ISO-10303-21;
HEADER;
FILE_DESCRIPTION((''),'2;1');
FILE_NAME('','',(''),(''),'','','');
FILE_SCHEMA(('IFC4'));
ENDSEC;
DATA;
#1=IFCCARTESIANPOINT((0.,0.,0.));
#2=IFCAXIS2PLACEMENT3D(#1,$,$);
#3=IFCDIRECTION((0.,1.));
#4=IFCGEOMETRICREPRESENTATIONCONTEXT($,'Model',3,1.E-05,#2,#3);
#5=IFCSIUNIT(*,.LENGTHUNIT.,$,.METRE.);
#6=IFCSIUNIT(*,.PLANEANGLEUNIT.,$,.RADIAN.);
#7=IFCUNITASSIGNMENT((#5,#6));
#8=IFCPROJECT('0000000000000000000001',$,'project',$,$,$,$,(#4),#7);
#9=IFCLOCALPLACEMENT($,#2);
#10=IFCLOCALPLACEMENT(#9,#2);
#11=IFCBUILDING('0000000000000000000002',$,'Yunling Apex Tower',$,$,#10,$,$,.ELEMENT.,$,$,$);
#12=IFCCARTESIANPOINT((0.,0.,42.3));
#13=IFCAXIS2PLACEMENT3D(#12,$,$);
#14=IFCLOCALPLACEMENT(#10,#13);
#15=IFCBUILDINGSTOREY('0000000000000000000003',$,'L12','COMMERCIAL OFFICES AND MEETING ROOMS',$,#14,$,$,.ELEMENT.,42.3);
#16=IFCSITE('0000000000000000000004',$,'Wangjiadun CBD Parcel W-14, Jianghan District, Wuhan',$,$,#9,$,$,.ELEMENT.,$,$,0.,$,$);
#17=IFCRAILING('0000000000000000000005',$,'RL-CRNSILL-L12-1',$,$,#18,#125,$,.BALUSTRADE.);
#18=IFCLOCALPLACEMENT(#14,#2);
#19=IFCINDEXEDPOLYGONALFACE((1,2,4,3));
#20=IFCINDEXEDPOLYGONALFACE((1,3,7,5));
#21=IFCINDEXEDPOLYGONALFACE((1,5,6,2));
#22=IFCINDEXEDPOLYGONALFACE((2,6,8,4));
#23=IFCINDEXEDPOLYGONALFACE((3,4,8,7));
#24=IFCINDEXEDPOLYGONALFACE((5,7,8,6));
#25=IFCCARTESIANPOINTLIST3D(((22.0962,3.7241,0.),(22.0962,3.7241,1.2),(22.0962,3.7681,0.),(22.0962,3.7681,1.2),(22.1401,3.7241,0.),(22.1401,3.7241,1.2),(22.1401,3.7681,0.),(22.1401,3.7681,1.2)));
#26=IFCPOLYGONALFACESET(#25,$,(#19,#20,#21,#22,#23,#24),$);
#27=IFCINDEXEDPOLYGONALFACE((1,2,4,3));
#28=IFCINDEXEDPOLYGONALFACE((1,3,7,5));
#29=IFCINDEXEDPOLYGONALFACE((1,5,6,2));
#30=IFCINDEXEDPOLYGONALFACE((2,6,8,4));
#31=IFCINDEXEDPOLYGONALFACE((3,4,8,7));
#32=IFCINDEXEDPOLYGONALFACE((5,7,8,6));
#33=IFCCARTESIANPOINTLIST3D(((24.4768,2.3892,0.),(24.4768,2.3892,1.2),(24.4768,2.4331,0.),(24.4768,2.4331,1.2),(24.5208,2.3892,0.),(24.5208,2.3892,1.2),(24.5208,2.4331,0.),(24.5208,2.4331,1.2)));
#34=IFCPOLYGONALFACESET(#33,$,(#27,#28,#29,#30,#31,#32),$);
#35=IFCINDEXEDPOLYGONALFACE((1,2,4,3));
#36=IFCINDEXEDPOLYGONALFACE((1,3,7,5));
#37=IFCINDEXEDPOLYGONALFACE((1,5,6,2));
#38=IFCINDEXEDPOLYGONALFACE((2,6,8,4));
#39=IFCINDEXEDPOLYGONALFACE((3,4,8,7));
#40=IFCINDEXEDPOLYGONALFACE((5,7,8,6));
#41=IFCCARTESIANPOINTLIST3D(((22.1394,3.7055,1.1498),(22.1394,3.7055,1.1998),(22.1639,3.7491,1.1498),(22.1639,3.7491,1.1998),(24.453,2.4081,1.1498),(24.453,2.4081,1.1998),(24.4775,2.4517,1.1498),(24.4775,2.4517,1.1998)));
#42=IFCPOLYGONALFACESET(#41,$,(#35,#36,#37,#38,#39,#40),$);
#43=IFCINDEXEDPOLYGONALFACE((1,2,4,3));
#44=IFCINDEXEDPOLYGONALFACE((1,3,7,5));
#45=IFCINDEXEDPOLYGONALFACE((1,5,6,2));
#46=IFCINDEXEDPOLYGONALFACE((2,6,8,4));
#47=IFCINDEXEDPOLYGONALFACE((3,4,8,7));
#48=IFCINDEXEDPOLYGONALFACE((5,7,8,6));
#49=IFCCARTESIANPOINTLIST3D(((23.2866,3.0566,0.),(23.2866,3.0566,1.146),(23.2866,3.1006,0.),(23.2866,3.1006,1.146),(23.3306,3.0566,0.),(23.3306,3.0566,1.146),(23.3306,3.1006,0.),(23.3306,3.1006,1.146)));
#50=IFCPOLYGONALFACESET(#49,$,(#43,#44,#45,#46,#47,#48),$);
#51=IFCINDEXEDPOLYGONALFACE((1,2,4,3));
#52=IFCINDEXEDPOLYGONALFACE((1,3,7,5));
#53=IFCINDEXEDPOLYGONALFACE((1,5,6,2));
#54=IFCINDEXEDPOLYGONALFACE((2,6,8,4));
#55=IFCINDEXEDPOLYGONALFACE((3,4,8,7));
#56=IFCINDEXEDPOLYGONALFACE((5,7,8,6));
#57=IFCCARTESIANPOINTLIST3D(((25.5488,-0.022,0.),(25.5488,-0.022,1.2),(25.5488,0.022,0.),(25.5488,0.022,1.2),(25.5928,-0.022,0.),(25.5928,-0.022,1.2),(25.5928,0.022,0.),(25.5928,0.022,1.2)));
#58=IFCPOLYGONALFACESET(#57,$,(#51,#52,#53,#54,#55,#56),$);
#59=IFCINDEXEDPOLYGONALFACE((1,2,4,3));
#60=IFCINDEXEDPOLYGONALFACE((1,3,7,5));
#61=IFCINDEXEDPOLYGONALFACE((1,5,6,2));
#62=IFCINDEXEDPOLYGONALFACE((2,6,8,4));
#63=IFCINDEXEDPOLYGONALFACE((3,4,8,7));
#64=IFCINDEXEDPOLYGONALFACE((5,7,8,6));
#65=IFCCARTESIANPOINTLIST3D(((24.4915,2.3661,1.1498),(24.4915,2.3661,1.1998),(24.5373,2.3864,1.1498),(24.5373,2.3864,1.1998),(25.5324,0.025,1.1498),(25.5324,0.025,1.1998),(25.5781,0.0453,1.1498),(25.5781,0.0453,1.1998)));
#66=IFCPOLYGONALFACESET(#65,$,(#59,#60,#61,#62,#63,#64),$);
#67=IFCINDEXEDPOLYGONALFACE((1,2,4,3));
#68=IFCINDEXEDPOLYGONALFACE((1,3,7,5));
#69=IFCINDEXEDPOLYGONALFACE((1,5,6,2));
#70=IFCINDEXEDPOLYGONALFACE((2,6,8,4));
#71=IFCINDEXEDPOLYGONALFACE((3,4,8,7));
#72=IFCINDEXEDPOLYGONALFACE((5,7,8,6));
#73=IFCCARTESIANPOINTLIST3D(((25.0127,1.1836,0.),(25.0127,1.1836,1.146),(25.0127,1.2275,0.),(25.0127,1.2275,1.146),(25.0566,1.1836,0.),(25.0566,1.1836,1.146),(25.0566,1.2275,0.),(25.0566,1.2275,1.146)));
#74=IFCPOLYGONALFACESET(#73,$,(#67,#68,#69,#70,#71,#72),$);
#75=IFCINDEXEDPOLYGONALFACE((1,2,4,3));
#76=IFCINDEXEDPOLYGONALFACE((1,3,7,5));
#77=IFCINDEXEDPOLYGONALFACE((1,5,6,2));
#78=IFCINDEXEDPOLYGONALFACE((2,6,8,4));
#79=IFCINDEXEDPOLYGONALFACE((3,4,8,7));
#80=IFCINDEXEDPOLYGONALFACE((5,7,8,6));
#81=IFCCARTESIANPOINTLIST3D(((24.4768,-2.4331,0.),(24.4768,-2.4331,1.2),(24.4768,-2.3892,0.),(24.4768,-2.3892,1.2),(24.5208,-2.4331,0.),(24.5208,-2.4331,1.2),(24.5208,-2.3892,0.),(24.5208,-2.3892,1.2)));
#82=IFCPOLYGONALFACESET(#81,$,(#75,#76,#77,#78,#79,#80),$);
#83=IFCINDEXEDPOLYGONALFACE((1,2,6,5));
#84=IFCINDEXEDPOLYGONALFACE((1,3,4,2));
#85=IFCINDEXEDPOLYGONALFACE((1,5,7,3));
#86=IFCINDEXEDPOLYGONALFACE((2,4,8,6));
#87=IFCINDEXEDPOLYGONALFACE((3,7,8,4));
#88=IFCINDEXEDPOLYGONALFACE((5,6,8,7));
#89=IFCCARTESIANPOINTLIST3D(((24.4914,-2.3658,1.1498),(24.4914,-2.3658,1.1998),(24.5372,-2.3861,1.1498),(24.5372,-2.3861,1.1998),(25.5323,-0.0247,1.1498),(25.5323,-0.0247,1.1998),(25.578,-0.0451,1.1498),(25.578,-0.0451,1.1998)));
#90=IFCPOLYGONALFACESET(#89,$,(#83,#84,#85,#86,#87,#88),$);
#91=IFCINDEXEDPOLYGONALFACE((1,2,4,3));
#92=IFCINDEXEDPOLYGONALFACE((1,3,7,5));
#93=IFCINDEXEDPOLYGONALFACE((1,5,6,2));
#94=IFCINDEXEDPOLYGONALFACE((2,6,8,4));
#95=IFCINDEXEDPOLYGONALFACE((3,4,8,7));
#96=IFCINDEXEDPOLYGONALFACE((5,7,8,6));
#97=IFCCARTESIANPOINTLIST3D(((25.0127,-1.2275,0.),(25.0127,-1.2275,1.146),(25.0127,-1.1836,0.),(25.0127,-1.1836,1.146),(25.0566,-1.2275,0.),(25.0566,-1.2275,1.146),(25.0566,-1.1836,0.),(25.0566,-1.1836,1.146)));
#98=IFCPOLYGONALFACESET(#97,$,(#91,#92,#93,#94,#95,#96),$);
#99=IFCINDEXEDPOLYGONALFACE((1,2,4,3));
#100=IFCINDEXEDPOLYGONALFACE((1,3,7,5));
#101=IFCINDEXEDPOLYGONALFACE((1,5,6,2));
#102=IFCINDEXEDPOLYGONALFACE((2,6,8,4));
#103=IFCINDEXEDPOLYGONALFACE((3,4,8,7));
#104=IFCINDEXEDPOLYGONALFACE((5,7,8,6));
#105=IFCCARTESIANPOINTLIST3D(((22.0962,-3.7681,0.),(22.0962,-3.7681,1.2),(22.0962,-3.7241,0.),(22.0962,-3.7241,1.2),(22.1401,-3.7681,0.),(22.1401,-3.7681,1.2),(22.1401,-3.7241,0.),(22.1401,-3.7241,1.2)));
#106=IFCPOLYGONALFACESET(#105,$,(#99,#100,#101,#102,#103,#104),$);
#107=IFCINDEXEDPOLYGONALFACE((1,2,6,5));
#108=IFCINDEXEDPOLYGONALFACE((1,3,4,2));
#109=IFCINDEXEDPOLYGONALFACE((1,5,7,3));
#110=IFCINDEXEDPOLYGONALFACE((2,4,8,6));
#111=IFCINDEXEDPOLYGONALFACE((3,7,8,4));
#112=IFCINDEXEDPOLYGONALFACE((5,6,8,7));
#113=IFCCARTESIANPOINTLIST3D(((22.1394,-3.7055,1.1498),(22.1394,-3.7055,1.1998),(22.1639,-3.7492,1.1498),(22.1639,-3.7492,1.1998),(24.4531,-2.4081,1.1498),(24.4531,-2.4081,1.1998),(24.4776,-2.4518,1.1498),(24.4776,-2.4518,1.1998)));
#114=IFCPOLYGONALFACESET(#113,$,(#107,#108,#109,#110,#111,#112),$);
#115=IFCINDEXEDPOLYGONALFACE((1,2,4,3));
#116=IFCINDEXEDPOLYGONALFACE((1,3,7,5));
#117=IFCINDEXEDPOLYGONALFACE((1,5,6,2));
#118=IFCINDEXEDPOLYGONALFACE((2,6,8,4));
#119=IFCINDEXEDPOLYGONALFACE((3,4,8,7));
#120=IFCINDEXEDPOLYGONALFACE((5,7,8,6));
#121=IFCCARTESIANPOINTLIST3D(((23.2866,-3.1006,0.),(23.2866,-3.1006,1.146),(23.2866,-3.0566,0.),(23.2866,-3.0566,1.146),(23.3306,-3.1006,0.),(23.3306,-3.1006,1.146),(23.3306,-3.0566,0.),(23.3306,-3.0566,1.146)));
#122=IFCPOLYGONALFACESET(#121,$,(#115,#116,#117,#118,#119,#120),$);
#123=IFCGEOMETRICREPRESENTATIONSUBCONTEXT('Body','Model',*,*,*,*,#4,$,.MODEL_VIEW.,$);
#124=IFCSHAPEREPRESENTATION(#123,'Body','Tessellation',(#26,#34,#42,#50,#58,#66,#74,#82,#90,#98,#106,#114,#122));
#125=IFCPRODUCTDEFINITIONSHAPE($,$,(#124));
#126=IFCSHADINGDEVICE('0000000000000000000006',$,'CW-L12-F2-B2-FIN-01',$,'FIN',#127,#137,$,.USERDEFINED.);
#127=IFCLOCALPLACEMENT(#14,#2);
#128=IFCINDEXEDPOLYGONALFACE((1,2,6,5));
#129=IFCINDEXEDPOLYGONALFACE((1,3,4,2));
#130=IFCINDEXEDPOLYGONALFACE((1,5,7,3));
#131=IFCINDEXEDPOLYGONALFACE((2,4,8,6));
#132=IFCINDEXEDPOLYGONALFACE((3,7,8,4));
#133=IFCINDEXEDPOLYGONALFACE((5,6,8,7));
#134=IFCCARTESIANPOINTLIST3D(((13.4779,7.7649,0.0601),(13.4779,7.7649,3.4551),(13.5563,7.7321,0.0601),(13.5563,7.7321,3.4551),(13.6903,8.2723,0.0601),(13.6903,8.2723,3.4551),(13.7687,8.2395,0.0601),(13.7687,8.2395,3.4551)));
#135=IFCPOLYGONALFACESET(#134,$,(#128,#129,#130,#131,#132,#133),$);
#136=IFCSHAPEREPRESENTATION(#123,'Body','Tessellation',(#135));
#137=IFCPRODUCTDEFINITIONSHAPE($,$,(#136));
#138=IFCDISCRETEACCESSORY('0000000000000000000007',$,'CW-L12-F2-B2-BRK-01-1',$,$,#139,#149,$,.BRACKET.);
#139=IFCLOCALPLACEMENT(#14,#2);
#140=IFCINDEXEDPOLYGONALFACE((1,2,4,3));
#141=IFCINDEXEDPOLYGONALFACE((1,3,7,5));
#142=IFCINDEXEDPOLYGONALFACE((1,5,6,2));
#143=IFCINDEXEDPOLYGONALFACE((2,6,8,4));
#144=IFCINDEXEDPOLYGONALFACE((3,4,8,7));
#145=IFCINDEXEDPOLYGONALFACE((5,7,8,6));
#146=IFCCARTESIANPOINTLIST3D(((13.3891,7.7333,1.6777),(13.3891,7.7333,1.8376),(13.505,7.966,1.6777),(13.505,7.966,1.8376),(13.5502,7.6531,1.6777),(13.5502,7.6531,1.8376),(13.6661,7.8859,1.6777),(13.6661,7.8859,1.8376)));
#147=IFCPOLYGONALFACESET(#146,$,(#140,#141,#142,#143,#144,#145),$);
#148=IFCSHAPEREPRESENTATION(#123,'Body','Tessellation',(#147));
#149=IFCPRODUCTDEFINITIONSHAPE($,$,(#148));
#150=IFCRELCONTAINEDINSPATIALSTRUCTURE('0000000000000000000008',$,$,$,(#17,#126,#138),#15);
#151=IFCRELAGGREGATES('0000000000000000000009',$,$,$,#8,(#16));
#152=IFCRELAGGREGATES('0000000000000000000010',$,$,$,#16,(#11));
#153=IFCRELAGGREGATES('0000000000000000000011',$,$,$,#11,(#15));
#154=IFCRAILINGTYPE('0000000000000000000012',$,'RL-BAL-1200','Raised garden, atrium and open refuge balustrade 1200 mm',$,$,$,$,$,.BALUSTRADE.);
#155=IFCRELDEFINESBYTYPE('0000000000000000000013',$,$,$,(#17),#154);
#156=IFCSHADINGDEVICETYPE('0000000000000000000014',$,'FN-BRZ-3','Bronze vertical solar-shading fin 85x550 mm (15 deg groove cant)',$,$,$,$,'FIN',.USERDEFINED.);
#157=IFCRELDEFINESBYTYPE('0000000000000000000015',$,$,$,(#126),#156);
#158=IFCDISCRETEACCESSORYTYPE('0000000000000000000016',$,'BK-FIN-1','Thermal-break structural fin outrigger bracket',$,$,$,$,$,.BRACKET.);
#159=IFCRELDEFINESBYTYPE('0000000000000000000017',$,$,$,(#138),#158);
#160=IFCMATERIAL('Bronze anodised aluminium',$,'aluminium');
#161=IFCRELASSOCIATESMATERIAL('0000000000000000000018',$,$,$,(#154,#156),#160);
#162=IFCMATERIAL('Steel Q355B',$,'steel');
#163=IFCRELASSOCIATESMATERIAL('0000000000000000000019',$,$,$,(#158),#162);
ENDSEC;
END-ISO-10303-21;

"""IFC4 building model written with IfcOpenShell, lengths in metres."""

from ifc_helpers import new_model, si_unit, direction, frame, origin, origin_2d, place, context, subcontext, project, spatial, rectangle, extrude, source, transform, mapped, material, material_profile, profile_set, type_object, element, save


model = new_model("IFC4")

# Units and contexts
model_context = context("Model", 3, precision=1e-05, world=origin(), true_north=direction((0.0, 1.0)))
body_context = subcontext(model_context, "Body", "Model", "MODEL_VIEW")
ifc_project = project(units=[si_unit("LENGTHUNIT", "METRE"), si_unit("PLANEANGLEUNIT", "RADIAN")], contexts=[model_context])

# Site, building, storey
site_placement = place(None, origin())
site = spatial("IfcSite", under=ifc_project, at=site_placement, Name="Wangjiadun CBD Parcel W-14, Jianghan District, Wuhan", CompositionType="ELEMENT", RefElevation=0.0)
building_placement = place(site_placement, origin())
building = spatial("IfcBuilding", under=site, at=building_placement, Name="Yunling Apex Tower", CompositionType="ELEMENT")
storey_placement = place(building_placement, frame((0.0, 0.0, 42.3)))
storey = spatial("IfcBuildingStorey", under=building, at=storey_placement, Name="L12", Description="COMMERCIAL OFFICES AND MEETING ROOMS", CompositionType="ELEMENT", Elevation=42.3)

# Shared definitions
ifc_material_1 = material(Name="Steel Q355B", Category="steel")

# Shared definitions
ifc_material_2 = material(Name="Bronze anodised aluminium", Category="aluminium")

# Railing
railing_type = type_object("IfcRailingType", Name="RL-BAL-1200", Description="Raised garden, atrium and open refuge balustrade 1200 mm", PredefinedType="BALUSTRADE", material=ifc_material_2)
railing_placement = place(storey_placement, frame((22.1182, 3.7461, 0.0)))
element("IfcRailing", 1, at=railing_placement, inside=storey, type_object=railing_type, Name="RL-CRNSILL-L12-1", PredefinedType="BALUSTRADE", context=body_context, shape_type="SweptSolid", body=[
    extrude(rectangle(XDim=0.0439, YDim=0.0439, at=origin_2d()), origin(), (0.0, 0.0, 1.0), 1.2),
    extrude(rectangle(XDim=0.0439, YDim=0.0439, at=origin_2d()), frame((2.3806, -1.335, 0.0)), (0.0, 0.0, 1.0), 1.2),
    extrude(rectangle(XDim=0.05, YDim=0.05, at=origin_2d()), frame((0.0334, -0.0188, 1.1748), z_axis=(0.872222, -0.48911, 0.0), x_axis=(0.48911, 0.872222, 0.0)), (0.0, 0.0, 1.0), 2.6526),
    extrude(rectangle(XDim=0.0439, YDim=0.0439, at=origin_2d()), frame((1.1904, -0.6675, 0.0)), (0.0, 0.0, 1.0), 1.146),
    extrude(rectangle(XDim=0.0439, YDim=0.0439, at=origin_2d()), frame((3.4526, -3.7461, 0.0)), (0.0, 0.0, 1.0), 1.2),
    extrude(rectangle(XDim=0.05, YDim=0.05, at=origin_2d()), frame((2.3962, -1.3699, 1.1748), z_axis=(0.406267, -0.913754, 0.0), x_axis=(0.913754, 0.406267, 0.0)), (0.0, 0.0, 1.0), 2.562),
    extrude(rectangle(XDim=0.0439, YDim=0.0439, at=origin_2d()), frame((2.9165, -2.5405, 0.0)), (0.0, 0.0, 1.0), 1.146),
    extrude(rectangle(XDim=0.0439, YDim=0.0439, at=origin_2d()), frame((2.3806, -6.1572, 0.0)), (0.0, 0.0, 1.0), 1.2),
    extrude(rectangle(XDim=0.05, YDim=0.05, at=origin_2d()), frame((3.437, -3.781, 1.1748), z_axis=(-0.406267, -0.913754, 0.0), x_axis=(0.913754, -0.406267, 0.0)), (0.0, 0.0, 1.0), 2.562),
    extrude(rectangle(XDim=0.0439, YDim=0.0439, at=origin_2d()), frame((2.9165, -4.9517, 0.0)), (0.0, 0.0, 1.0), 1.146),
    extrude(rectangle(XDim=0.0439, YDim=0.0439, at=origin_2d()), frame((0.0, -7.4922, 0.0)), (0.0, 0.0, 1.0), 1.2),
    extrude(rectangle(XDim=0.05, YDim=0.05, at=origin_2d()), frame((2.3472, -6.176, 1.1748), z_axis=(-0.872222, -0.48911, 0.0), x_axis=(0.48911, -0.872222, 0.0)), (0.0, 0.0, 1.0), 2.6526),
    extrude(rectangle(XDim=0.0439, YDim=0.0439, at=origin_2d()), frame((1.1904, -6.8247, 0.0)), (0.0, 0.0, 1.0), 1.146),
])

# Shading device
ifc_material_profile_1 = material_profile(ifc_material_2, rectangle(XDim=0.085, YDim=0.55, at=origin_2d()))
ifc_profile_set_1 = profile_set([ifc_material_profile_1], Name="Bronze anodised aluminium")
shading_device_type = type_object("IfcShadingDeviceType", Name="FN-BRZ-3", Description="Bronze vertical solar-shading fin 85x550 mm (15 deg groove cant)", ElementType="FIN", PredefinedType="USERDEFINED", material=ifc_profile_set_1)
shared_shape_1 = source(origin(), body_context, "Body", "SweptSolid", [
    extrude(rectangle(XDim=0.085, YDim=0.55, at=origin_2d()), origin(), (0.0, 0.0, 1.0), 3.395),
])
shading_device_placement = place(storey_placement, frame((13.6233, 8.0022, 0.0601), z_axis=(0.0, 0.0, 1.0), x_axis=(-0.922471, 0.386067, 0.0)))
element("IfcShadingDevice", 2, at=shading_device_placement, inside=storey, type_object=shading_device_type, Name="CW-L12-F2-B2-FIN-01", ObjectType="FIN", PredefinedType="USERDEFINED", context=body_context, shape_type="MappedRepresentation", body=[
    mapped(shared_shape_1, transform((0.0, 0.0, 0.0), scale=1.0)),
])

# Discrete accessory
discrete_accessory_type = type_object("IfcDiscreteAccessoryType", Name="BK-FIN-1", Description="Thermal-break structural fin outrigger bracket", PredefinedType="BRACKET", material=ifc_material_1)
shared_shape_2 = source(origin(), body_context, "Body", "SweptSolid", [
    extrude(rectangle(XDim=0.1799, YDim=0.26, at=origin_2d()), origin(), (0.0, 0.0, 1.0), 0.1599),
])
discrete_accessory_placement = place(storey_placement, frame((13.5276, 7.8096, 1.6777), z_axis=(0.0, 0.0, 1.0), x_axis=(-0.895246, 0.445573, 0.0)))
element("IfcDiscreteAccessory", 3, at=discrete_accessory_placement, inside=storey, type_object=discrete_accessory_type, Name="CW-L12-F2-B2-BRK-01-1", PredefinedType="BRACKET", context=body_context, shape_type="MappedRepresentation", body=[
    mapped(shared_shape_2, transform((0.0, 0.0, 0.0), scale=1.0)),
])

save(model, "model.ifc")
